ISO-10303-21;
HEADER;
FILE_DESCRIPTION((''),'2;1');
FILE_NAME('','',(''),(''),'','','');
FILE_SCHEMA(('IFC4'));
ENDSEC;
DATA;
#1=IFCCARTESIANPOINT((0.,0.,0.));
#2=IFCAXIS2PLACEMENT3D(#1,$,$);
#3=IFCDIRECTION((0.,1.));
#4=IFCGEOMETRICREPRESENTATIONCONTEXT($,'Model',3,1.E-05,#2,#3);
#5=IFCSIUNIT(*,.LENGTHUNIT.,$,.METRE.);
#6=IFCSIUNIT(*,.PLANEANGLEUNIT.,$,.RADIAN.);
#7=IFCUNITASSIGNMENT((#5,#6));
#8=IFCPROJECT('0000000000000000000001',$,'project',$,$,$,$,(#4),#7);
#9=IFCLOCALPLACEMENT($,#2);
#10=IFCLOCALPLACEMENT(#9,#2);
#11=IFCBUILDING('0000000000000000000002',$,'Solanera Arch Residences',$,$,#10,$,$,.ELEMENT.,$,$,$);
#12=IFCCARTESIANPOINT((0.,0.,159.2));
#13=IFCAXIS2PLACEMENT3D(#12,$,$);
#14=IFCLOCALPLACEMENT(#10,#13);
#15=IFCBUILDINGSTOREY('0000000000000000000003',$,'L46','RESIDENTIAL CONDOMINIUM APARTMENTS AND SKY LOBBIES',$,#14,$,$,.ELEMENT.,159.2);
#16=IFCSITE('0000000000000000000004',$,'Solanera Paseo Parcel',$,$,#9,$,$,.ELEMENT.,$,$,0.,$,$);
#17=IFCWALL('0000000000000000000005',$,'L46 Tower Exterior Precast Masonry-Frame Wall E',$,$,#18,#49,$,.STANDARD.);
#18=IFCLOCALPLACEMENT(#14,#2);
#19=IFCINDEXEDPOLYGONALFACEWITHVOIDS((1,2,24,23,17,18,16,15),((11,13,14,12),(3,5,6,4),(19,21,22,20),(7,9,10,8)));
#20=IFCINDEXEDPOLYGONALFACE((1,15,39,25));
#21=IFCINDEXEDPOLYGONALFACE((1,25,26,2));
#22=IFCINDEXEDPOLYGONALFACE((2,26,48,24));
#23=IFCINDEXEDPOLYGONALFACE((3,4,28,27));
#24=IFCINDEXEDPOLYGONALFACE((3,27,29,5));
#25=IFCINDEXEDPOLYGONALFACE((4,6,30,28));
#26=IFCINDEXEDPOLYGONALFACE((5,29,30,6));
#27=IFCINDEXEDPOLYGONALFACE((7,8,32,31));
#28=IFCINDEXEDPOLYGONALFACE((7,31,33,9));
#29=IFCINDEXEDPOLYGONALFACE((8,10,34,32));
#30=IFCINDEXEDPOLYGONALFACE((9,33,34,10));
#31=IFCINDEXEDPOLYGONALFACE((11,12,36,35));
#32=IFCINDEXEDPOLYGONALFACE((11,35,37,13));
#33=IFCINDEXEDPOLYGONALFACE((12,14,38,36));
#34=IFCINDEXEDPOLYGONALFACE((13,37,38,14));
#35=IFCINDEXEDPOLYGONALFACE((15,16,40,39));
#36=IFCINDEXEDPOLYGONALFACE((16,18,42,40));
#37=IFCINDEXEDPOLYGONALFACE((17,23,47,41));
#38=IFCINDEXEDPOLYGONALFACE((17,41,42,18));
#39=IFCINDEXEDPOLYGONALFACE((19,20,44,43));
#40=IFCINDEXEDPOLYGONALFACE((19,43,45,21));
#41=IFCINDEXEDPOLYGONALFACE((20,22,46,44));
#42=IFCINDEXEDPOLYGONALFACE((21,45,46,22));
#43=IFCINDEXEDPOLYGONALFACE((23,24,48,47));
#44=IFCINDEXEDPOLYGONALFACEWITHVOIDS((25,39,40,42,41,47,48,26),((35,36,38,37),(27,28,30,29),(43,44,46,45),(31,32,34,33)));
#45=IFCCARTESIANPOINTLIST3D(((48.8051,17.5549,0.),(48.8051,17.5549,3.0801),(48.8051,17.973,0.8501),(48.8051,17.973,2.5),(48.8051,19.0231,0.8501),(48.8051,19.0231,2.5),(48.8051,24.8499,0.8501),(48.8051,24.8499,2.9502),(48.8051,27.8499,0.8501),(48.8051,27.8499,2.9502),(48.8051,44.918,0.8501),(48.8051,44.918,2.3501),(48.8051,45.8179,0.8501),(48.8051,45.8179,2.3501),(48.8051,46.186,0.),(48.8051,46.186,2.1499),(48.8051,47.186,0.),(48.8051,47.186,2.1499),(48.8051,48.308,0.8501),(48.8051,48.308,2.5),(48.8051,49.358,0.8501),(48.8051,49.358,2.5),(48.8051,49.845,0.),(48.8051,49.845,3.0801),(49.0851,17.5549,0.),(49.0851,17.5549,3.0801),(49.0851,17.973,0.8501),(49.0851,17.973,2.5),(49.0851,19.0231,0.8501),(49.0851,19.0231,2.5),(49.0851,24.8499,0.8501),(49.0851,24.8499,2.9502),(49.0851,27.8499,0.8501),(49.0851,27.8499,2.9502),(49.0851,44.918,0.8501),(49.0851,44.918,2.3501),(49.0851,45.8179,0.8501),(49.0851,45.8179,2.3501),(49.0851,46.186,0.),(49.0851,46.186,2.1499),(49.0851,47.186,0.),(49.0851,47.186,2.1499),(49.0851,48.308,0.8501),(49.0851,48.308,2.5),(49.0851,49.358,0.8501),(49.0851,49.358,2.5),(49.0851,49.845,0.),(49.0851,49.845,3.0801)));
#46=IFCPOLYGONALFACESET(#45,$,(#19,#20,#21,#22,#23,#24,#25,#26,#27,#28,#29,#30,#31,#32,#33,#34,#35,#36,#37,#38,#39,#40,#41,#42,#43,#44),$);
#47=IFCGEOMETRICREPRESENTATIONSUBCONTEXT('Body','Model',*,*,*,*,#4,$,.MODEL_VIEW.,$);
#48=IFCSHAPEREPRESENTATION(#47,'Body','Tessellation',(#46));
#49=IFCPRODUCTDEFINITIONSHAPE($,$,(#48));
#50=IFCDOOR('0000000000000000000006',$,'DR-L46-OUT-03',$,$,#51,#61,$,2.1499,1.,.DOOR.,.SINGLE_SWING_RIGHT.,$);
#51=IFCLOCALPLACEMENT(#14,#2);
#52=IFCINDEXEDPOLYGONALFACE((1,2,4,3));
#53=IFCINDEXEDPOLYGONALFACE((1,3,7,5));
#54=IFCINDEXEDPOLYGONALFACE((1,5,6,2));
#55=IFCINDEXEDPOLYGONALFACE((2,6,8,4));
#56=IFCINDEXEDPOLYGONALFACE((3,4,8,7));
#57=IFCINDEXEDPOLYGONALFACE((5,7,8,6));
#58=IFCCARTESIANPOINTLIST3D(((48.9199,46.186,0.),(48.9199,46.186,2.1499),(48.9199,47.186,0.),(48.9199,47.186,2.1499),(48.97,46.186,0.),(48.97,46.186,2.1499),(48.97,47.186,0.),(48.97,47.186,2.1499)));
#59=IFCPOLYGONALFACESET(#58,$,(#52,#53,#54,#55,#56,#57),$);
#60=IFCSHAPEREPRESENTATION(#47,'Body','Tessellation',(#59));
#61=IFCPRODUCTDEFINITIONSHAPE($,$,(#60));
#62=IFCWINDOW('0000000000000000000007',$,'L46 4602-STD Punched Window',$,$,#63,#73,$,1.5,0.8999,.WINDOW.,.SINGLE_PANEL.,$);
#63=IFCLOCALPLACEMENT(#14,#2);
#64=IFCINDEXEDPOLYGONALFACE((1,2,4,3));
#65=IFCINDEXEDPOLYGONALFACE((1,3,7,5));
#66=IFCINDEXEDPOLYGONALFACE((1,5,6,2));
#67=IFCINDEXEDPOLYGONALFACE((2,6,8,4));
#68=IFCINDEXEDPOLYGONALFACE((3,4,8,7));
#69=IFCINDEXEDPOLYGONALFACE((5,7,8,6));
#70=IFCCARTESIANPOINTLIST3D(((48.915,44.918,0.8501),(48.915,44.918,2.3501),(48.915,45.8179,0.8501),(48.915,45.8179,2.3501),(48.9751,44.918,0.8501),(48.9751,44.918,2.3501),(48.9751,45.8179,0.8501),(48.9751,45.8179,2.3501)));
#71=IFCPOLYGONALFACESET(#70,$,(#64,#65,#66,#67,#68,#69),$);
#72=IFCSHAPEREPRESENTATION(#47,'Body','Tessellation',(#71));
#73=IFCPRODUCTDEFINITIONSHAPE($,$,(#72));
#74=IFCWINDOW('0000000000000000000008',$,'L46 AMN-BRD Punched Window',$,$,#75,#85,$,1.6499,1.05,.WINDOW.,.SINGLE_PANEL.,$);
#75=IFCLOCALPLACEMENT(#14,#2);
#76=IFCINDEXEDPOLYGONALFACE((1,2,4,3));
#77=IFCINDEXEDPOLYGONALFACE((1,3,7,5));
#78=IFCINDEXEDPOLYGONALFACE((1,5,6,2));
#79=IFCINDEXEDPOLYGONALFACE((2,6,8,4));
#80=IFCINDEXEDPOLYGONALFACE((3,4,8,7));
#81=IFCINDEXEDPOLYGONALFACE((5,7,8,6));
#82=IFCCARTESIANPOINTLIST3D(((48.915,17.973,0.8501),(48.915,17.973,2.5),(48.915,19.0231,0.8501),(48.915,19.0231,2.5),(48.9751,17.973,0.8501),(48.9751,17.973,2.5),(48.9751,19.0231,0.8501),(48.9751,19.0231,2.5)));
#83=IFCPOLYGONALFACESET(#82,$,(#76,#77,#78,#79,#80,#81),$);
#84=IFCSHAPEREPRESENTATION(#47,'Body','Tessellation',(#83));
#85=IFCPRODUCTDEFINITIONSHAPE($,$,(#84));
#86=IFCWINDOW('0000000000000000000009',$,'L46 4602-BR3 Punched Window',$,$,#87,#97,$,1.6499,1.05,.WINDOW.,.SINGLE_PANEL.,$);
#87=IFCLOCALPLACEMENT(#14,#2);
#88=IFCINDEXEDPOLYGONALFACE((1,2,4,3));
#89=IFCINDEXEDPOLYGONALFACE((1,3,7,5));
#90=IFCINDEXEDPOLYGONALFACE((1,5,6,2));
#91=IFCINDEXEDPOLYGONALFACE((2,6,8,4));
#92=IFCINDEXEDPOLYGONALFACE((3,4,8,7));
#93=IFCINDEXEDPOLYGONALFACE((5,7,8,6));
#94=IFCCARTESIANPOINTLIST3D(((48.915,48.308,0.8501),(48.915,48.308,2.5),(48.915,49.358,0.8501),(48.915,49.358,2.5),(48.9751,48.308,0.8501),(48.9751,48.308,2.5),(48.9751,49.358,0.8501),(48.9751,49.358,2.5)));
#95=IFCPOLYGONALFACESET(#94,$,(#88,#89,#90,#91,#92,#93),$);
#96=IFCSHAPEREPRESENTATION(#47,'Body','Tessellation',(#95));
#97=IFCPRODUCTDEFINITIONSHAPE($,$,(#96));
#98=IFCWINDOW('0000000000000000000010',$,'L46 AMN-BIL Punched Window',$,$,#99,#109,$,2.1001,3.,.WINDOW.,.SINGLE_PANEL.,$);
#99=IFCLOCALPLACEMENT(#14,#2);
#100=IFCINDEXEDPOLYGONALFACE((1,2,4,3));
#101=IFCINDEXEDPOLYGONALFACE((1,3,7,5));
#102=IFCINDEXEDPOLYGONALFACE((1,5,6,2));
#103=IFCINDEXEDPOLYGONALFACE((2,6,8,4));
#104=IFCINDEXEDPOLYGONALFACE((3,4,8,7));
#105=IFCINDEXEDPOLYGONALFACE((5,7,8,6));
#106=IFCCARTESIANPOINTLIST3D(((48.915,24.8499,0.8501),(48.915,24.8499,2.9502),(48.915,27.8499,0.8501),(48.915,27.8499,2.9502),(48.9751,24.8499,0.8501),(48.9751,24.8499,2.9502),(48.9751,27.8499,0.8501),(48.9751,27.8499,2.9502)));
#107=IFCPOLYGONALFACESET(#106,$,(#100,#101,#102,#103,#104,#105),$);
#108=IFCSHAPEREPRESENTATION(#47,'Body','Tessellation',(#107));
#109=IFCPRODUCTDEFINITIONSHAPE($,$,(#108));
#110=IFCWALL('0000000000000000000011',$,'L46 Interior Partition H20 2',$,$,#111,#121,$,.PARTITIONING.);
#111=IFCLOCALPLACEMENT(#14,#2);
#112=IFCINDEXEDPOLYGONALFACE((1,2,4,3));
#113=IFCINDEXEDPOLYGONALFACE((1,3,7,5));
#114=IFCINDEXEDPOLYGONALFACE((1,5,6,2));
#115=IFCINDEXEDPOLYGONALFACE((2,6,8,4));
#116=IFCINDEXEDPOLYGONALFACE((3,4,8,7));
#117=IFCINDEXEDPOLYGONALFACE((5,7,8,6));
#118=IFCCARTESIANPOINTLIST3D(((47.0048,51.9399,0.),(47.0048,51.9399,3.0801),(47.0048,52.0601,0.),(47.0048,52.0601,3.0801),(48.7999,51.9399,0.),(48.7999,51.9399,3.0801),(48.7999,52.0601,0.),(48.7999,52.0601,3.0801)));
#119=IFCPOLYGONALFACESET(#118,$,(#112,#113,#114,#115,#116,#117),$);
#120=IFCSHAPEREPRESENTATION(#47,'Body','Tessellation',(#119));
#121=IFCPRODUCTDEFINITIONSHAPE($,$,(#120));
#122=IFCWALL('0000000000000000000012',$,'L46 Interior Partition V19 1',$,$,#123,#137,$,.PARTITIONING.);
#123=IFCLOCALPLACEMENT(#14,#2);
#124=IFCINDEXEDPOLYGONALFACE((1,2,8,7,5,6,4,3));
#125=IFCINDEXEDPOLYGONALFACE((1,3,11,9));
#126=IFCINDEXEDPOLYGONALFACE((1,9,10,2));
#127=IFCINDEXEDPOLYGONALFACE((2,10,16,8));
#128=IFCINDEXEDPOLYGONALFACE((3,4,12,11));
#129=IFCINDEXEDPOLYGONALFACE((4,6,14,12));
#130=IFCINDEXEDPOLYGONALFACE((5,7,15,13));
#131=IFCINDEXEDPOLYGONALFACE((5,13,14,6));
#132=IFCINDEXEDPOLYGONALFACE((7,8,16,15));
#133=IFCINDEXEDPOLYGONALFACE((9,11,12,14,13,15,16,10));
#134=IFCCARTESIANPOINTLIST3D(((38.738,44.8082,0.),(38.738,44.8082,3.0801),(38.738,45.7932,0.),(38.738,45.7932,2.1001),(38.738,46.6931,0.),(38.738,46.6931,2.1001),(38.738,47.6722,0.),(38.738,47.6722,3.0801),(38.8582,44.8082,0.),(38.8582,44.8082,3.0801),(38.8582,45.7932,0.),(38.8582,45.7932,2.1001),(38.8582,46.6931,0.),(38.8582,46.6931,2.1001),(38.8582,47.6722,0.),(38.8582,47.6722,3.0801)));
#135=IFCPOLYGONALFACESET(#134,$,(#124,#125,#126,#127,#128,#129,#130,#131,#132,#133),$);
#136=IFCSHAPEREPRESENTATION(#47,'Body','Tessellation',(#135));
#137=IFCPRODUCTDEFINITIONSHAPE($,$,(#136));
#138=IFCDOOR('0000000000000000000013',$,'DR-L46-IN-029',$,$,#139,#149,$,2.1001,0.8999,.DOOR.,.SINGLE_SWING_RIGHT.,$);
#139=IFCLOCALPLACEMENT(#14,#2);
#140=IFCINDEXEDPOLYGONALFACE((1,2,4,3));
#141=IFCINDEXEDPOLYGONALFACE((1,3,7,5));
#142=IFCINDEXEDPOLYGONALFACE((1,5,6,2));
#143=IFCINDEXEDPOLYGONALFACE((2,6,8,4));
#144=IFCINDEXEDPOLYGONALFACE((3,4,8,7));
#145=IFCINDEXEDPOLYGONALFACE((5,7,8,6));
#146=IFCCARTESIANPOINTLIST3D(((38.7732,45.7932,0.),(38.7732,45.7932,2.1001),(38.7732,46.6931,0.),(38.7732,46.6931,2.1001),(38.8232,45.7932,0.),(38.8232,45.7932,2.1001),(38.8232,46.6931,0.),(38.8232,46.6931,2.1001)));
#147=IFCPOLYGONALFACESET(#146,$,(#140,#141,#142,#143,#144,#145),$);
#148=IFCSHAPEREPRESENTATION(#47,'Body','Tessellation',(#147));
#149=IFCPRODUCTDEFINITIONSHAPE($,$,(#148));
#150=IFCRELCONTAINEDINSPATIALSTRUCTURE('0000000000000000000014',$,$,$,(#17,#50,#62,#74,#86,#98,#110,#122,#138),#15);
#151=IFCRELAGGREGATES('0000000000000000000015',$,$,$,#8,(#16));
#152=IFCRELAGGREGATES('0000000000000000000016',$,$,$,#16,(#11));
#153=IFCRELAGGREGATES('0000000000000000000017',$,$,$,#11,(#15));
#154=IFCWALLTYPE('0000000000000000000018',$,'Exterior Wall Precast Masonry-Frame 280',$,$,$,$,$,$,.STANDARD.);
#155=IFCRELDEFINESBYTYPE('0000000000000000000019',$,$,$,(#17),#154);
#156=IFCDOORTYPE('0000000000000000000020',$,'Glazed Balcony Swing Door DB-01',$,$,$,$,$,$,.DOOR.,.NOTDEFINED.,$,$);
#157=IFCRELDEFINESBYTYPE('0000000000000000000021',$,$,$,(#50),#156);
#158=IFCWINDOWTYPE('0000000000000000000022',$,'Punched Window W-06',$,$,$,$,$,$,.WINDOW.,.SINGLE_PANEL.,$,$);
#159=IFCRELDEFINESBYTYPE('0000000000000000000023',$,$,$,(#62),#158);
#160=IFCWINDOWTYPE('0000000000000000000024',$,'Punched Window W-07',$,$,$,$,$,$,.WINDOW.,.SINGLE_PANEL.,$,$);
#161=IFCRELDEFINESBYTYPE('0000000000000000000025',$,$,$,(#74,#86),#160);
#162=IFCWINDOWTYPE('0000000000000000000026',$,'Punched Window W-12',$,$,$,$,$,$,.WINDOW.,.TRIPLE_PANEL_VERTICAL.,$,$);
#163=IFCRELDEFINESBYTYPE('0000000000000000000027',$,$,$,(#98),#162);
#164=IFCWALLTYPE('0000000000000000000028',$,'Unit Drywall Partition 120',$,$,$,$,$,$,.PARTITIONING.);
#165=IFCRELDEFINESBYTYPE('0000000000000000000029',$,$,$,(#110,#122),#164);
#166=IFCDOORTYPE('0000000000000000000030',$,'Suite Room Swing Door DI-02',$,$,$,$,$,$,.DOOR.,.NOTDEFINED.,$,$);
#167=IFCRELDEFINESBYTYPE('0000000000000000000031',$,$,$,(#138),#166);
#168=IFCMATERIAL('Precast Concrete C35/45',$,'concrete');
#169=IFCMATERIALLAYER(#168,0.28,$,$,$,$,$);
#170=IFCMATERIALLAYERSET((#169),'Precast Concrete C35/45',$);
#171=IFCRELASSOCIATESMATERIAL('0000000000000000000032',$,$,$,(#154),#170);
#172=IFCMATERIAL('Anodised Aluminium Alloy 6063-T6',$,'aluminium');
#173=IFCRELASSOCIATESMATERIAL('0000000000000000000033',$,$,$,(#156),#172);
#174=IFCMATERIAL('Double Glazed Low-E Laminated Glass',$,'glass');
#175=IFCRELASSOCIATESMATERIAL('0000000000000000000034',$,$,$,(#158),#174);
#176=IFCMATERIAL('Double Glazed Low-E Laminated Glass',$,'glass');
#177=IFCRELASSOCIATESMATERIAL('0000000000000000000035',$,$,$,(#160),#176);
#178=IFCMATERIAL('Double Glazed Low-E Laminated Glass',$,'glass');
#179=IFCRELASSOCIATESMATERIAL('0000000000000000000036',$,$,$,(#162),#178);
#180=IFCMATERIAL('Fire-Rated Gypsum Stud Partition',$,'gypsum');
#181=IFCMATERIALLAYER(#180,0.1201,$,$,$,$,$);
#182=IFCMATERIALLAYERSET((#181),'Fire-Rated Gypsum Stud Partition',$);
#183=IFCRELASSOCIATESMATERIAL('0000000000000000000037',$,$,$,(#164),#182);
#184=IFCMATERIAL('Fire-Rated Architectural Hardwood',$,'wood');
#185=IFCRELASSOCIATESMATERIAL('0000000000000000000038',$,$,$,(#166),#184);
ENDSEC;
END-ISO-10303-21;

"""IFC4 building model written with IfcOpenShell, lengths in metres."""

from ifc_helpers import new_model, si_unit, direction, frame, frame_2d, origin, place, context, subcontext, project, spatial, rectangle, extrude, material, layer, layer_set, type_object, element, fill, save


model = new_model("IFC4")

# Units and contexts
model_context = context("Model", 3, precision=1e-05, world=origin(), true_north=direction((0.0, 1.0)))
body_context = subcontext(model_context, "Body", "Model", "MODEL_VIEW")
ifc_project = project(units=[si_unit("LENGTHUNIT", "METRE"), si_unit("PLANEANGLEUNIT", "RADIAN")], contexts=[model_context])

# Site, building, storey
site_placement = place(None, origin())
site = spatial("IfcSite", under=ifc_project, at=site_placement, Name="Solanera Paseo Parcel", CompositionType="ELEMENT", RefElevation=0.0)
building_placement = place(site_placement, origin())
building = spatial("IfcBuilding", under=site, at=building_placement, Name="Solanera Arch Residences", CompositionType="ELEMENT")
storey_placement = place(building_placement, frame((0.0, 0.0, 159.2)))
storey = spatial("IfcBuildingStorey", under=building, at=storey_placement, Name="L46", Description="RESIDENTIAL CONDOMINIUM APARTMENTS AND SKY LOBBIES", CompositionType="ELEMENT", Elevation=159.2)

# Shared definitions
ifc_material_1 = material(Name="Precast Concrete C35/45", Category="concrete")
ifc_layer_1 = layer(ifc_material_1, 0.28)
ifc_layer_set_1 = layer_set([ifc_layer_1], Name="Precast Concrete C35/45")
wall_type_1 = type_object("IfcWallType", Name="Exterior Wall Precast Masonry-Frame 280", PredefinedType="STANDARD", material=ifc_layer_set_1)

# Wall, openings, door, windows
wall_1_placement = place(storey_placement, frame((48.9451, 49.845, 0.0), z_axis=(0.0, 0.0, 1.0), x_axis=(0.0, -1.0, 0.0)))
wall_1 = element("IfcWall", 1, at=wall_1_placement, inside=storey, type_object=wall_type_1, Name="L46 Tower Exterior Precast Masonry-Frame Wall E", PredefinedType="STANDARD", context=body_context, shape_type="SweptSolid", body=[
    extrude(rectangle(XDim=32.29, YDim=0.28, at=frame_2d((16.145, 0.0))), origin(), (0.0, 0.0, 1.0), 3.0801),
])
opening_1_placement = place(wall_1_placement, frame((2.6589, 0.0, 0.0)))
opening_1 = element("IfcOpeningElement", 2, at=opening_1_placement, cuts=wall_1, PredefinedType="OPENING", context=body_context, shape_type="SweptSolid", body=[
    extrude(rectangle(XDim=1.0, YDim=2.1499, at=frame_2d((0.5, 1.075))), frame((0.0, 0.1499, 0.0), z_axis=(0.0, -1.0, 0.0), x_axis=(1.0, 0.0, 0.0)), (0.0, 0.0, 1.0), 0.3),
])
opening_2_placement = place(wall_1_placement, frame((30.822, 0.0, 0.8501)))
opening_2 = element("IfcOpeningElement", 3, at=opening_2_placement, cuts=wall_1, PredefinedType="OPENING", context=body_context, shape_type="SweptSolid", body=[
    extrude(rectangle(XDim=1.05, YDim=1.6499, at=frame_2d((0.5249, 0.825))), frame((0.0, 0.1499, 0.0), z_axis=(0.0, -1.0, 0.0), x_axis=(1.0, 0.0, 0.0)), (0.0, 0.0, 1.0), 0.3),
])
opening_3_placement = place(wall_1_placement, frame((4.0271, 0.0, 0.8501)))
opening_3 = element("IfcOpeningElement", 4, at=opening_3_placement, cuts=wall_1, PredefinedType="OPENING", context=body_context, shape_type="SweptSolid", body=[
    extrude(rectangle(XDim=0.8999, YDim=1.5, at=frame_2d((0.45, 0.75))), frame((0.0, 0.1499, 0.0), z_axis=(0.0, -1.0, 0.0), x_axis=(1.0, 0.0, 0.0)), (0.0, 0.0, 1.0), 0.3),
])
opening_4_placement = place(wall_1_placement, frame((0.4871, 0.0, 0.8501)))
opening_4 = element("IfcOpeningElement", 5, at=opening_4_placement, cuts=wall_1, PredefinedType="OPENING", context=body_context, shape_type="SweptSolid", body=[
    extrude(rectangle(XDim=1.05, YDim=1.6499, at=frame_2d((0.5249, 0.825))), frame((0.0, 0.1499, 0.0), z_axis=(0.0, -1.0, 0.0), x_axis=(1.0, 0.0, 0.0)), (0.0, 0.0, 1.0), 0.3),
])
opening_5_placement = place(wall_1_placement, frame((21.9951, 0.0, 0.8501)))
opening_5 = element("IfcOpeningElement", 6, at=opening_5_placement, cuts=wall_1, PredefinedType="OPENING", context=body_context, shape_type="SweptSolid", body=[
    extrude(rectangle(XDim=3.0, YDim=2.1001, at=frame_2d((1.5, 1.05))), frame((0.0, 0.1499, 0.0), z_axis=(0.0, -1.0, 0.0), x_axis=(1.0, 0.0, 0.0)), (0.0, 0.0, 1.0), 0.3),
])
ifc_material_2 = material(Name="Anodised Aluminium Alloy 6063-T6", Category="aluminium")
door_type_1 = type_object("IfcDoorType", Name="Glazed Balcony Swing Door DB-01", OperationType="NOTDEFINED", PredefinedType="DOOR", material=ifc_material_2)
door_1_placement = place(opening_1_placement, origin())
door_1 = element("IfcDoor", 7, at=door_1_placement, inside=storey, type_object=door_type_1, Name="DR-L46-OUT-03", OperationType="SINGLE_SWING_RIGHT", OverallHeight=2.1499, OverallWidth=1.0, PredefinedType="DOOR", context=body_context, shape_type="SweptSolid", body=[
    extrude(rectangle(XDim=1.0, YDim=2.1499, at=frame_2d((0.5, 1.075))), frame((0.0, 0.0249, 0.0), z_axis=(0.0, -1.0, 0.0), x_axis=(1.0, 0.0, 0.0)), (0.0, 0.0, 1.0), 0.05),
])
fill(opening_1, door_1)
ifc_material_3 = material(Name="Double Glazed Low-E Laminated Glass", Category="glass")
window_type_1 = type_object("IfcWindowType", Name="Punched Window W-06", PartitioningType="SINGLE_PANEL", PredefinedType="WINDOW", material=ifc_material_3)
window_1_placement = place(opening_3_placement, origin())
window_1 = element("IfcWindow", 8, at=window_1_placement, inside=storey, type_object=window_type_1, Name="L46 4602-STD Punched Window", OverallHeight=1.5, OverallWidth=0.8999, PartitioningType="SINGLE_PANEL", PredefinedType="WINDOW", context=body_context, shape_type="SweptSolid", body=[
    extrude(rectangle(XDim=0.8999, YDim=1.5, at=frame_2d((0.45, 0.75))), frame((0.0, 0.03, 0.0), z_axis=(0.0, -1.0, 0.0), x_axis=(1.0, 0.0, 0.0)), (0.0, 0.0, 1.0), 0.0601),
])
fill(opening_3, window_1)
ifc_material_4 = material(Name="Double Glazed Low-E Laminated Glass", Category="glass")
window_type_2 = type_object("IfcWindowType", Name="Punched Window W-07", PartitioningType="SINGLE_PANEL", PredefinedType="WINDOW", material=ifc_material_4)
window_2_placement = place(opening_2_placement, origin())
window_2 = element("IfcWindow", 9, at=window_2_placement, inside=storey, type_object=window_type_2, Name="L46 AMN-BRD Punched Window", OverallHeight=1.6499, OverallWidth=1.05, PartitioningType="SINGLE_PANEL", PredefinedType="WINDOW", context=body_context, shape_type="SweptSolid", body=[
    extrude(rectangle(XDim=1.05, YDim=1.6499, at=frame_2d((0.5249, 0.825))), frame((0.0, 0.03, 0.0), z_axis=(0.0, -1.0, 0.0), x_axis=(1.0, 0.0, 0.0)), (0.0, 0.0, 1.0), 0.0601),
])
fill(opening_2, window_2)
window_3_placement = place(opening_4_placement, origin())
window_3 = element("IfcWindow", 10, at=window_3_placement, inside=storey, type_object=window_type_2, Name="L46 4602-BR3 Punched Window", OverallHeight=1.6499, OverallWidth=1.05, PartitioningType="SINGLE_PANEL", PredefinedType="WINDOW", context=body_context, shape_type="SweptSolid", body=[
    extrude(rectangle(XDim=1.05, YDim=1.6499, at=frame_2d((0.5249, 0.825))), frame((0.0, 0.03, 0.0), z_axis=(0.0, -1.0, 0.0), x_axis=(1.0, 0.0, 0.0)), (0.0, 0.0, 1.0), 0.0601),
])
fill(opening_4, window_3)
ifc_material_5 = material(Name="Double Glazed Low-E Laminated Glass", Category="glass")
window_type_3 = type_object("IfcWindowType", Name="Punched Window W-12", PartitioningType="TRIPLE_PANEL_VERTICAL", PredefinedType="WINDOW", material=ifc_material_5)
window_4_placement = place(opening_5_placement, origin())
window_4 = element("IfcWindow", 11, at=window_4_placement, inside=storey, type_object=window_type_3, Name="L46 AMN-BIL Punched Window", OverallHeight=2.1001, OverallWidth=3.0, PartitioningType="SINGLE_PANEL", PredefinedType="WINDOW", context=body_context, shape_type="SweptSolid", body=[
    extrude(rectangle(XDim=3.0, YDim=2.1001, at=frame_2d((1.5, 1.05))), frame((0.0, 0.03, 0.0), z_axis=(0.0, -1.0, 0.0), x_axis=(1.0, 0.0, 0.0)), (0.0, 0.0, 1.0), 0.0601),
])
fill(opening_5, window_4)

# Wall
ifc_material_6 = material(Name="Fire-Rated Gypsum Stud Partition", Category="gypsum")
ifc_layer_2 = layer(ifc_material_6, 0.1201)
ifc_layer_set_2 = layer_set([ifc_layer_2], Name="Fire-Rated Gypsum Stud Partition")
wall_type_2 = type_object("IfcWallType", Name="Unit Drywall Partition 120", PredefinedType="PARTITIONING", material=ifc_layer_set_2)
wall_2_placement = place(storey_placement, frame((47.0049, 52.0, 0.0), z_axis=(0.0, 0.0, 1.0), x_axis=(1.0, 0.0, 0.0)))
element("IfcWall", 12, at=wall_2_placement, inside=storey, type_object=wall_type_2, Name="L46 Interior Partition H20 2", PredefinedType="PARTITIONING", context=body_context, shape_type="SweptSolid", body=[
    extrude(rectangle(XDim=1.7952, YDim=0.1201, at=frame_2d((0.8975, 0.0))), origin(), (0.0, 0.0, 1.0), 3.0801),
])

# Wall, opening, door
wall_3_placement = place(storey_placement, frame((38.7981, 44.8081, 0.0), z_axis=(0.0, 0.0, 1.0), x_axis=(0.0, 1.0, 0.0)))
wall_3 = element("IfcWall", 13, at=wall_3_placement, inside=storey, type_object=wall_type_2, Name="L46 Interior Partition V19 1", PredefinedType="PARTITIONING", context=body_context, shape_type="SweptSolid", body=[
    extrude(rectangle(XDim=2.864, YDim=0.1201, at=frame_2d((1.4321, 0.0))), origin(), (0.0, 0.0, 1.0), 3.0801),
])
opening_6_placement = place(wall_3_placement, frame((0.9851, 0.0, 0.0)))
opening_6 = element("IfcOpeningElement", 14, at=opening_6_placement, cuts=wall_3, PredefinedType="OPENING", context=body_context, shape_type="SweptSolid", body=[
    extrude(rectangle(XDim=0.8999, YDim=2.1001, at=frame_2d((0.45, 1.05))), frame((0.0, 0.0701, 0.0), z_axis=(0.0, -1.0, 0.0), x_axis=(1.0, 0.0, 0.0)), (0.0, 0.0, 1.0), 0.1401),
])
ifc_material_7 = material(Name="Fire-Rated Architectural Hardwood", Category="wood")
door_type_2 = type_object("IfcDoorType", Name="Suite Room Swing Door DI-02", OperationType="NOTDEFINED", PredefinedType="DOOR", material=ifc_material_7)
door_2_placement = place(opening_6_placement, origin())
door_2 = element("IfcDoor", 15, at=door_2_placement, inside=storey, type_object=door_type_2, Name="DR-L46-IN-029", OperationType="SINGLE_SWING_RIGHT", OverallHeight=2.1001, OverallWidth=0.8999, PredefinedType="DOOR", context=body_context, shape_type="SweptSolid", body=[
    extrude(rectangle(XDim=0.8999, YDim=2.1001, at=frame_2d((0.45, 1.05))), frame((0.0, 0.0249, 0.0), z_axis=(0.0, -1.0, 0.0), x_axis=(1.0, 0.0, 0.0)), (0.0, 0.0, 1.0), 0.05),
])
fill(opening_6, door_2)

save(model, "model.ifc")
